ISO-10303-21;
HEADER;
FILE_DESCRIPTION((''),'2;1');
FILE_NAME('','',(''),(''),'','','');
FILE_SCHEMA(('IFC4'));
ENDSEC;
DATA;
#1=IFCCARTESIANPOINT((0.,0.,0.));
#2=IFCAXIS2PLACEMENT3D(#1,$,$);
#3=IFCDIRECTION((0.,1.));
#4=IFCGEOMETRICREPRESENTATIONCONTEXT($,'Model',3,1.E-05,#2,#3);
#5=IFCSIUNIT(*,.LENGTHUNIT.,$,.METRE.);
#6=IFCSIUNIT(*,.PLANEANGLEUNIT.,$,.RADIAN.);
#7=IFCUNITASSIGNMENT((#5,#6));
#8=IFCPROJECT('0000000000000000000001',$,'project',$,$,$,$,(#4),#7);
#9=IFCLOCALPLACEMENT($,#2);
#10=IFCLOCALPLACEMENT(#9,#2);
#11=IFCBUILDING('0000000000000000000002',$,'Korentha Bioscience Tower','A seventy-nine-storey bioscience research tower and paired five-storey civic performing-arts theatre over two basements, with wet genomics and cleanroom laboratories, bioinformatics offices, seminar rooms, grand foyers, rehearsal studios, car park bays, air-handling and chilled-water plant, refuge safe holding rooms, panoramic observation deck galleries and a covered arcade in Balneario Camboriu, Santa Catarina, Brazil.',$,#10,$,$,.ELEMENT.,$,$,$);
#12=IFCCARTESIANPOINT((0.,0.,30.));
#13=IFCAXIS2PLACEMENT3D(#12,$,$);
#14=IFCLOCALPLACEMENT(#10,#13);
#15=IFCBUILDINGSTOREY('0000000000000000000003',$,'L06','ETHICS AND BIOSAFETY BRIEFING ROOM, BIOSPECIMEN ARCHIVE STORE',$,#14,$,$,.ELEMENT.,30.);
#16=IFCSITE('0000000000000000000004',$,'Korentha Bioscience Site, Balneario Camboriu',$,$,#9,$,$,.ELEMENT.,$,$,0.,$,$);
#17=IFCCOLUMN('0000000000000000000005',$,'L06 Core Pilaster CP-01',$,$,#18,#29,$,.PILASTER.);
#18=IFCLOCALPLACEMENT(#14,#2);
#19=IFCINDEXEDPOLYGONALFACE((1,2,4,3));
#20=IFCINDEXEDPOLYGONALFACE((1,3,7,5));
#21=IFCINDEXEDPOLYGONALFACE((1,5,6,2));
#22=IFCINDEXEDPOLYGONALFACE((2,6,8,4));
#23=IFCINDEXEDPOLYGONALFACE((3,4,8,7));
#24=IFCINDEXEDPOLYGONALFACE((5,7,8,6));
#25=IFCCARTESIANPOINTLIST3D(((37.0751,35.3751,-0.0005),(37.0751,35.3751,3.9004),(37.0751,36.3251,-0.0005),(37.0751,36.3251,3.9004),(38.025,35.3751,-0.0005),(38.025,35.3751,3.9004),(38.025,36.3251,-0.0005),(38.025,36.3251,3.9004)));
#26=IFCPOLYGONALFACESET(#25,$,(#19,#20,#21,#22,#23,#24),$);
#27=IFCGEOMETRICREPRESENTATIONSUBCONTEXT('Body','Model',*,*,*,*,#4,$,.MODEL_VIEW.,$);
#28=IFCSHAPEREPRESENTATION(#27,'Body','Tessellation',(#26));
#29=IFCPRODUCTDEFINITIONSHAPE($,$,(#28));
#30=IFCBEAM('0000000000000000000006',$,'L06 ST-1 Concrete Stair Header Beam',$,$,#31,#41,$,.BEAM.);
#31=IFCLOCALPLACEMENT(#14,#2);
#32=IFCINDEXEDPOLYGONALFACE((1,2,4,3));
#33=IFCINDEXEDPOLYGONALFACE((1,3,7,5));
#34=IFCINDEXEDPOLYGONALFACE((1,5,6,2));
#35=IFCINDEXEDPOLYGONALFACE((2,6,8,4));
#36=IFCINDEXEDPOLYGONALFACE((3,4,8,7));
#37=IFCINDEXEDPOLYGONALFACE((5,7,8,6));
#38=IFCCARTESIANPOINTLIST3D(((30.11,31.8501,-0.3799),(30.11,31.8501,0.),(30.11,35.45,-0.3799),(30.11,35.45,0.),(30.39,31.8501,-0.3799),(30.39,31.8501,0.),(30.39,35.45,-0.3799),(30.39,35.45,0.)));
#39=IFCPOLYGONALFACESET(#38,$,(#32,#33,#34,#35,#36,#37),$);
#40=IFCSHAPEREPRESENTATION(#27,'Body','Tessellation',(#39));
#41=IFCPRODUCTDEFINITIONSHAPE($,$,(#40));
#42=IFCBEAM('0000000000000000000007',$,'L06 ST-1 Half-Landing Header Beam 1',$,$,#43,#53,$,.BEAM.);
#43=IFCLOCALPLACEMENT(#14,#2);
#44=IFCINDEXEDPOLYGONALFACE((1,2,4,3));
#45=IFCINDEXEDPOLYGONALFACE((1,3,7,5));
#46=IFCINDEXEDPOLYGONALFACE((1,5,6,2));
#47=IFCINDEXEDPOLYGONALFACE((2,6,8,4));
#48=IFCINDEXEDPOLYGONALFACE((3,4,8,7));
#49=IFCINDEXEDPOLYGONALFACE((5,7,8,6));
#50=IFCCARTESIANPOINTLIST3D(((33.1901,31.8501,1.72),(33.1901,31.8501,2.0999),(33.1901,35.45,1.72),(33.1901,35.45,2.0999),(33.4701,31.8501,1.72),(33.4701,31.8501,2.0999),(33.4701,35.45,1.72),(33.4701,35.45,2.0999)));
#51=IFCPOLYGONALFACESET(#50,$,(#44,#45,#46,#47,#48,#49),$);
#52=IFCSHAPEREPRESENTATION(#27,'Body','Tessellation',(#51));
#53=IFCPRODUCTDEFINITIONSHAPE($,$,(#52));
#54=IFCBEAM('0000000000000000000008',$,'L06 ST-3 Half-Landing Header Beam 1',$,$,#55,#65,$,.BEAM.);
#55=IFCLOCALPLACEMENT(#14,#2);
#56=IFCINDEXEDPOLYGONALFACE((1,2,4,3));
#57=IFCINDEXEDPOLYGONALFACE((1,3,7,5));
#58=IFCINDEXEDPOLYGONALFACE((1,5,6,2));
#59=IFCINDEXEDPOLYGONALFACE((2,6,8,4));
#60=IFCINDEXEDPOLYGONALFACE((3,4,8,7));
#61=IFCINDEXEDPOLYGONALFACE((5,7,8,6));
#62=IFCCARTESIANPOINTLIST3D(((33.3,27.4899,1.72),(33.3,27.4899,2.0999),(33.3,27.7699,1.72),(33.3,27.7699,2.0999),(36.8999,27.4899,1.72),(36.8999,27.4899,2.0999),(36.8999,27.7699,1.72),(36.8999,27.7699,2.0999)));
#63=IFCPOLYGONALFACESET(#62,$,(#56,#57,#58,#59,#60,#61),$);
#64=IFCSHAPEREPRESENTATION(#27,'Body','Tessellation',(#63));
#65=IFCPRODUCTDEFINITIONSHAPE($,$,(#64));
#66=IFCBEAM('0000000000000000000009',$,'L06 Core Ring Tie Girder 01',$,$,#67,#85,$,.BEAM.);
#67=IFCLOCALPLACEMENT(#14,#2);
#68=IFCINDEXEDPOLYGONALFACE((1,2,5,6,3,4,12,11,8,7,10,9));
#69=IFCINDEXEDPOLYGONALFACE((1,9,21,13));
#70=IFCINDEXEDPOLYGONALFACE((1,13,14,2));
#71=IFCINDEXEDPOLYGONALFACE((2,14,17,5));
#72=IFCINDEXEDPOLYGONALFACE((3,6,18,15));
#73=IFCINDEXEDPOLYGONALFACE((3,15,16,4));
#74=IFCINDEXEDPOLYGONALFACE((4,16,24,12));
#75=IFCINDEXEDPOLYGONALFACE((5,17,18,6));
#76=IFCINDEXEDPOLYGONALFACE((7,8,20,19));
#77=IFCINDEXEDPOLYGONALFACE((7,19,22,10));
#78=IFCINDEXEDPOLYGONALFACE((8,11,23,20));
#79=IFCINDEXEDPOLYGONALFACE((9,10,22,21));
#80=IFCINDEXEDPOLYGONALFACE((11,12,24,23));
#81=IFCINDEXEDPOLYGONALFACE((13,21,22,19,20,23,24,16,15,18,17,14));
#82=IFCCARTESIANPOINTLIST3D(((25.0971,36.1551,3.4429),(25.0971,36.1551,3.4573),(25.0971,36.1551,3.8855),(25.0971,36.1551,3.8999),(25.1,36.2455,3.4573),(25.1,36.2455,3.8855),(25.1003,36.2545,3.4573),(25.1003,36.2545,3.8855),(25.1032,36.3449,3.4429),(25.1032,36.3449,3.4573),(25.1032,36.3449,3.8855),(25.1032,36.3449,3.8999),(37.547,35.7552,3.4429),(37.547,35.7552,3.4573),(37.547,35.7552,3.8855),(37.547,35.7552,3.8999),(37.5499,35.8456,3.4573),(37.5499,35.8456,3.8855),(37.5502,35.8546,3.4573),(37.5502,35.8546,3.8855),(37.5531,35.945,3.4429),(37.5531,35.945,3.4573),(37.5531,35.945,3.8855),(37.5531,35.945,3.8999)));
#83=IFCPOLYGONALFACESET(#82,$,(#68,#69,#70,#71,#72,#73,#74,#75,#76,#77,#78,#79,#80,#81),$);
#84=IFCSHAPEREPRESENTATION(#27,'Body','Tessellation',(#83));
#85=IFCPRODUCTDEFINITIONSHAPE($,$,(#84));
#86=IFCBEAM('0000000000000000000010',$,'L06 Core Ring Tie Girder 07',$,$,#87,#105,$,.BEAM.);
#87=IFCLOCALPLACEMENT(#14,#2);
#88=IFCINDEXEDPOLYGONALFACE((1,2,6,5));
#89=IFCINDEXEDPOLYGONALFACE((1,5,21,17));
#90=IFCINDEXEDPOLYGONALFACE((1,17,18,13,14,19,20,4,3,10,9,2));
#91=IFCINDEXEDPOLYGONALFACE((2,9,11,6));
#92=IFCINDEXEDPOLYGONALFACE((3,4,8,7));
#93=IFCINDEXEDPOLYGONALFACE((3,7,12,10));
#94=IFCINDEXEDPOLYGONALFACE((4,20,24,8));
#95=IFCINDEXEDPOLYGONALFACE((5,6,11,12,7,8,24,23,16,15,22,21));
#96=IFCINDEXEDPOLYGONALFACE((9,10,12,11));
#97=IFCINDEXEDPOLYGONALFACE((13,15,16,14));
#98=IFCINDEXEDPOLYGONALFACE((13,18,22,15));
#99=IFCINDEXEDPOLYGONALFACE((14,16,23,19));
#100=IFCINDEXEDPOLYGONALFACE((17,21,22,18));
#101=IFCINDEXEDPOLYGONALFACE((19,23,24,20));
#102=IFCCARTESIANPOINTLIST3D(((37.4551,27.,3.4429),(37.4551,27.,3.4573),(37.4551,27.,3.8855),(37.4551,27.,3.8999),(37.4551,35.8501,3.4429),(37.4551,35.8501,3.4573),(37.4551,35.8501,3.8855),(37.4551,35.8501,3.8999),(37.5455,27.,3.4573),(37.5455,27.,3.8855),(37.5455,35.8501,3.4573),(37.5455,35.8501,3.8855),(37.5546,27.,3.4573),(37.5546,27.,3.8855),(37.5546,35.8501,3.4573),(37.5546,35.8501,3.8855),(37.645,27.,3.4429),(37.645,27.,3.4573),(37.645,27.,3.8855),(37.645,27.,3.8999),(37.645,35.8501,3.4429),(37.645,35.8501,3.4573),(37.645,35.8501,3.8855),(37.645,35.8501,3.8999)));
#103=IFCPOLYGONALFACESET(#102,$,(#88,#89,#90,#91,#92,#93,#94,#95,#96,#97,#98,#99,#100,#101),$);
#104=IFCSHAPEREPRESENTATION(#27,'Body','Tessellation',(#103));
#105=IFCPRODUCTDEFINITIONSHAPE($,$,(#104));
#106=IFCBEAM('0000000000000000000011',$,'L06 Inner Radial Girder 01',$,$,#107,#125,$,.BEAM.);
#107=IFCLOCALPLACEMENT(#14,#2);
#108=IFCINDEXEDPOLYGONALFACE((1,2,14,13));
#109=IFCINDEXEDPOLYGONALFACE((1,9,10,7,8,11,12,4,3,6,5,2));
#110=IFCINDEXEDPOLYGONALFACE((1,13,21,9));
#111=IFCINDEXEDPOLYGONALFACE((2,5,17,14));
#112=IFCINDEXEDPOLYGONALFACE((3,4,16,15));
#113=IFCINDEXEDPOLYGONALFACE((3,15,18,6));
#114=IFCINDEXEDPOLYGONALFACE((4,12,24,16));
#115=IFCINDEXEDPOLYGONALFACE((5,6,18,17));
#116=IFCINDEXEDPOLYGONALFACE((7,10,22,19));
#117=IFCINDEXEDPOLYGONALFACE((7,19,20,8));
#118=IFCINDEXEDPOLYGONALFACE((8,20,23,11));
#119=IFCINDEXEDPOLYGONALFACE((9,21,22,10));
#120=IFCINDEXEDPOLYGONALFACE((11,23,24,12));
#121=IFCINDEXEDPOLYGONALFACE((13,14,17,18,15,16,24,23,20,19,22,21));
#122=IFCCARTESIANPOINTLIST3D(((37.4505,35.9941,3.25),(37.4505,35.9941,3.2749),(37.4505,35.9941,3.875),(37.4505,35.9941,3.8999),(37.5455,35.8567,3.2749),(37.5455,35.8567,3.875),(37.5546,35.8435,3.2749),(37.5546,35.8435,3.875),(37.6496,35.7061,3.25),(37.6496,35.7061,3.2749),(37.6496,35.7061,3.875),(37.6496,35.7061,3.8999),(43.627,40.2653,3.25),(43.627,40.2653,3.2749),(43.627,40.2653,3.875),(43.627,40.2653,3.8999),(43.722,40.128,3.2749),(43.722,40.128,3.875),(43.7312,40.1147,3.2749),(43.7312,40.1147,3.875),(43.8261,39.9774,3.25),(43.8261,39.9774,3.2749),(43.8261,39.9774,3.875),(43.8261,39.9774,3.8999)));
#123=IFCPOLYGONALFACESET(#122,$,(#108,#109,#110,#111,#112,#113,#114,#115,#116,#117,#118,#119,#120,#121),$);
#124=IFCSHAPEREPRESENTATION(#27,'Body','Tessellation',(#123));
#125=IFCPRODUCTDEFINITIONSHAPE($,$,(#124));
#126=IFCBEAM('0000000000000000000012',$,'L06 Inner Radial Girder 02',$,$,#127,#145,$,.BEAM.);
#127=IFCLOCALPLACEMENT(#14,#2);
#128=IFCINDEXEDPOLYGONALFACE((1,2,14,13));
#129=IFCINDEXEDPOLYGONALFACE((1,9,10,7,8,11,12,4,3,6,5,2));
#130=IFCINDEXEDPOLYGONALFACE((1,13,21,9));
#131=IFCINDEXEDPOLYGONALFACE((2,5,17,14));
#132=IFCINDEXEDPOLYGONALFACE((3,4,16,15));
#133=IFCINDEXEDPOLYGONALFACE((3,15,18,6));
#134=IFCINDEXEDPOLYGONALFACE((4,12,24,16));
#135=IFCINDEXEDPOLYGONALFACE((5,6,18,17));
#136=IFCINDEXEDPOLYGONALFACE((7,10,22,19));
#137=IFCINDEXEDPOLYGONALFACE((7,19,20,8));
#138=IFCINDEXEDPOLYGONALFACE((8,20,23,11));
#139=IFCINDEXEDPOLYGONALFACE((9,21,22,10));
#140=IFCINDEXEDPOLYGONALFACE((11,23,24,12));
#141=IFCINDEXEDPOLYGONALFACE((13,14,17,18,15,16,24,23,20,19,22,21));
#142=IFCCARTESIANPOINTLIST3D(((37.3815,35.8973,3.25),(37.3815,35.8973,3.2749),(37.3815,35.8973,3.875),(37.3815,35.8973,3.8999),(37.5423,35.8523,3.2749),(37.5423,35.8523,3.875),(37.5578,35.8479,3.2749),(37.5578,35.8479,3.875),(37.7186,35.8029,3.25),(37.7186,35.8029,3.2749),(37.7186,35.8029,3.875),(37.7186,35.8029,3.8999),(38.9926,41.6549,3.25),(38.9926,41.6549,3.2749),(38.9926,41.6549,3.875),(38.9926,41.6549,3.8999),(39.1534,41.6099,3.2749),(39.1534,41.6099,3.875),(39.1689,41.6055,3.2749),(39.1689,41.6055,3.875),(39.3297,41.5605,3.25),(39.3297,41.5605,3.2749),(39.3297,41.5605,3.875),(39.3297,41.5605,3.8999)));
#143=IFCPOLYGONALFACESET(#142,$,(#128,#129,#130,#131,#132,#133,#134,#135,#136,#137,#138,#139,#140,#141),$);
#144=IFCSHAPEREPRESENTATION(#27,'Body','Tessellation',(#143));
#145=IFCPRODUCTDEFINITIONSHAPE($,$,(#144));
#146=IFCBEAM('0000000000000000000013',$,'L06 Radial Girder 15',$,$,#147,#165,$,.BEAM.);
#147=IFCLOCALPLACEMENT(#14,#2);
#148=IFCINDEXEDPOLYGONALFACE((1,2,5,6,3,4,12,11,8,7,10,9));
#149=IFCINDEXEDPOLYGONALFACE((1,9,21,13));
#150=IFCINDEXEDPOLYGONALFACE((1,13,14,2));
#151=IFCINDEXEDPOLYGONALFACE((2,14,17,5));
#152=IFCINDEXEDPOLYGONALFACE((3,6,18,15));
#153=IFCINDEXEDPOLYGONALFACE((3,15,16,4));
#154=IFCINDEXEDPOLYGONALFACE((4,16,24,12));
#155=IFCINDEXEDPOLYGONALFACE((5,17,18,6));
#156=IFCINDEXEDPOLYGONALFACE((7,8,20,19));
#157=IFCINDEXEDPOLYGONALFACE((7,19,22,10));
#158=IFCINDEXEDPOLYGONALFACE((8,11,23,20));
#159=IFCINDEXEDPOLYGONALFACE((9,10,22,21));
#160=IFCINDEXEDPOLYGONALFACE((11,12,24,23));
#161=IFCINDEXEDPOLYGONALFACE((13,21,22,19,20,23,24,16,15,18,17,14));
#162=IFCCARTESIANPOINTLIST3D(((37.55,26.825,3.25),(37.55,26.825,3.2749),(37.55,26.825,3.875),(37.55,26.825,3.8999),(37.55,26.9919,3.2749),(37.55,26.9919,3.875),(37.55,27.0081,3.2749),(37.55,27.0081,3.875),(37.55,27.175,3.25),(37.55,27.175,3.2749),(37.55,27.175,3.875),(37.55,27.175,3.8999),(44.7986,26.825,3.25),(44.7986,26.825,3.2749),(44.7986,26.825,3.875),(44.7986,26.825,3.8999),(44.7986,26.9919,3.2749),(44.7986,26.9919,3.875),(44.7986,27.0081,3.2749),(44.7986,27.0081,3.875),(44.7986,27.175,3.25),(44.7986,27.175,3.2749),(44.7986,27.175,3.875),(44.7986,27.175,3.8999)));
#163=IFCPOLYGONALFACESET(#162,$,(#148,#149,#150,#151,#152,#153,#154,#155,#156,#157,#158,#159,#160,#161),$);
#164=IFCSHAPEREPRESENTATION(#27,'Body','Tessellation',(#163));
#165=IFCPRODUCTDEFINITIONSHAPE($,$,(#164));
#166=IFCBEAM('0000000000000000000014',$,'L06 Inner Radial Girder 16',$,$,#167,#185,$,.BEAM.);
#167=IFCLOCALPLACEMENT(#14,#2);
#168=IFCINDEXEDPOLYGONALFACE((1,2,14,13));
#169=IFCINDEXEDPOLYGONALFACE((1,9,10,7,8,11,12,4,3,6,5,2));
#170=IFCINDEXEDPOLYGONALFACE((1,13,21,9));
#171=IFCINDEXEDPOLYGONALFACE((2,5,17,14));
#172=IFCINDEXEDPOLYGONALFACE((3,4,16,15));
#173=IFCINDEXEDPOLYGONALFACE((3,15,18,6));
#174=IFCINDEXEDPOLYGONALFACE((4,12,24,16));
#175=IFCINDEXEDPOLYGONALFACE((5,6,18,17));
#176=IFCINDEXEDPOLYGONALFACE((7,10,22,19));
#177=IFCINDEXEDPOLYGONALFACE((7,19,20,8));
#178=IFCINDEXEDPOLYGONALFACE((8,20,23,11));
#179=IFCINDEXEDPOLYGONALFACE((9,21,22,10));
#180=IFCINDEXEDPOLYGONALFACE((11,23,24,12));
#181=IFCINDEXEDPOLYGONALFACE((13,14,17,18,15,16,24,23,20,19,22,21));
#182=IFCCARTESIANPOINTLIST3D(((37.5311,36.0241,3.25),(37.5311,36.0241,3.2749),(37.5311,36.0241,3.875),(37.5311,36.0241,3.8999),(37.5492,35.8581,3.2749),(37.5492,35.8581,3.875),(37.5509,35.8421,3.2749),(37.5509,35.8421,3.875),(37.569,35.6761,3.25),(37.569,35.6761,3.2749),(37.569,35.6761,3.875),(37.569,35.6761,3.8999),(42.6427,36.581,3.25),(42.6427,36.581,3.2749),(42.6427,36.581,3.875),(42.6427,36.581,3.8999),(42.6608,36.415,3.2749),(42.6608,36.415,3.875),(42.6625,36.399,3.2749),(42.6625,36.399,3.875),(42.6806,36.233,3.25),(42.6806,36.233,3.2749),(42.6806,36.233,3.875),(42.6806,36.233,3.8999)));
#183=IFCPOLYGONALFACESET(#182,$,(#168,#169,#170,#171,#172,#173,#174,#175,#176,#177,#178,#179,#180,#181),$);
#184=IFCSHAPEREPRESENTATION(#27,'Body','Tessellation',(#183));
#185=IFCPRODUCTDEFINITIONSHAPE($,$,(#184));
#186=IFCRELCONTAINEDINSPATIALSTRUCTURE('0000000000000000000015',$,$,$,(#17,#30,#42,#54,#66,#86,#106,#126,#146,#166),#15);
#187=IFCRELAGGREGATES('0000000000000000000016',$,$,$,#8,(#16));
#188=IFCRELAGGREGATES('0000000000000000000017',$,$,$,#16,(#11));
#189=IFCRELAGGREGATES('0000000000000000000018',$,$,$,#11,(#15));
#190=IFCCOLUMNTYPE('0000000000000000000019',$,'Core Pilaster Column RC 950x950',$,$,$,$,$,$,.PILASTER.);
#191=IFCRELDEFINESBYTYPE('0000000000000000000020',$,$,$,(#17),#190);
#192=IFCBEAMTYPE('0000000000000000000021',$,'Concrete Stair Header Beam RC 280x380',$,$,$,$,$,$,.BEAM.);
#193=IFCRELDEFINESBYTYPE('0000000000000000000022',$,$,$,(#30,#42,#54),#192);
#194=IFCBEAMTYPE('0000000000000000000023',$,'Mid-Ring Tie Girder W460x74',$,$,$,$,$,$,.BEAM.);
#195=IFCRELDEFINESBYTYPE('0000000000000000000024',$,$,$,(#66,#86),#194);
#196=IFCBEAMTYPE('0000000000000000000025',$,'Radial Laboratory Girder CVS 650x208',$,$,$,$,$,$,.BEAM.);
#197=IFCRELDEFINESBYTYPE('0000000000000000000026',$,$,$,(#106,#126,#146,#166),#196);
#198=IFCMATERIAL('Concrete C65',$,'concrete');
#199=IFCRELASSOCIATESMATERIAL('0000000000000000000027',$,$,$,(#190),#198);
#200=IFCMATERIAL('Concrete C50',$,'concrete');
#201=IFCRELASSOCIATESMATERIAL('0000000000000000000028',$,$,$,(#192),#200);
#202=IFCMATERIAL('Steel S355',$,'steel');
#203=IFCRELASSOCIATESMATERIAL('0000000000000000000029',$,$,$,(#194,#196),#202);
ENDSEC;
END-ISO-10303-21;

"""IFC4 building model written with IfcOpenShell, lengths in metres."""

from ifc_helpers import new_model, si_unit, direction, frame, origin, origin_2d, place, context, subcontext, project, spatial, rectangle, i_section, extrude, material, material_profile, profile_set, type_object, element, save


model = new_model("IFC4")

# Units and contexts
model_context = context("Model", 3, precision=1e-05, world=origin(), true_north=direction((0.0, 1.0)))
body_context = subcontext(model_context, "Body", "Model", "MODEL_VIEW")
ifc_project = project(units=[si_unit("LENGTHUNIT", "METRE"), si_unit("PLANEANGLEUNIT", "RADIAN")], contexts=[model_context])

# Site, building, storey
site_placement = place(None, origin())
site = spatial("IfcSite", under=ifc_project, at=site_placement, Name="Korentha Bioscience Site, Balneario Camboriu", CompositionType="ELEMENT", RefElevation=0.0)
building_placement = place(site_placement, origin())
building = spatial("IfcBuilding", under=site, at=building_placement, Name="Korentha Bioscience Tower", Description="A seventy-nine-storey bioscience research tower and paired five-storey civic performing-arts theatre over two basements, with wet genomics and cleanroom laboratories, bioinformatics offices, seminar rooms, grand foyers, rehearsal studios, car park bays, air-handling and chilled-water plant, refuge safe holding rooms, panoramic observation deck galleries and a covered arcade in Balneario Camboriu, Santa Catarina, Brazil.", CompositionType="ELEMENT")
storey_placement = place(building_placement, frame((0.0, 0.0, 30.0)))
storey = spatial("IfcBuildingStorey", under=building, at=storey_placement, Name="L06", Description="ETHICS AND BIOSAFETY BRIEFING ROOM, BIOSPECIMEN ARCHIVE STORE", CompositionType="ELEMENT", Elevation=30.0)

# Column
ifc_material_1 = material(Name="Concrete C65", Category="concrete")
ifc_material_profile_1 = material_profile(ifc_material_1, rectangle(XDim=0.95, YDim=0.95, at=origin_2d()), Name="Concrete C65")
ifc_profile_set_1 = profile_set([ifc_material_profile_1], Name="Concrete C65 (COL-CP09)")
column_type = type_object("IfcColumnType", Name="Core Pilaster Column RC 950x950", PredefinedType="PILASTER", material=ifc_profile_set_1)
column_placement = place(storey_placement, frame((37.55, 35.8501, -0.0005), z_axis=(0.0, 0.0, 1.0), x_axis=(1.0, 0.0, 0.0)))
element("IfcColumn", 1, at=column_placement, inside=storey, type_object=column_type, Name="L06 Core Pilaster CP-01", PredefinedType="PILASTER", context=body_context, shape_type="SweptSolid", body=[
    extrude(rectangle(XDim=0.95, YDim=0.95, at=origin_2d()), origin(), (0.0, 0.0, 1.0), 3.9009),
])

# Beams
ifc_material_2 = material(Name="Concrete C50", Category="concrete")
ifc_material_profile_2 = material_profile(ifc_material_2, rectangle(XDim=0.28, YDim=0.3799, at=origin_2d()), Name="Concrete C50")
ifc_profile_set_2 = profile_set([ifc_material_profile_2], Name="Concrete C50 (ST-HB380)")
beam_type_1 = type_object("IfcBeamType", Name="Concrete Stair Header Beam RC 280x380", PredefinedType="BEAM", material=ifc_profile_set_2)
for number, where, z_axis, x_axis, name in (
    (2, (30.25, 31.8501, -0.1899), (0.0, 1.0, 0.0), (-1.0, 0.0, 0.0), "L06 ST-1 Concrete Stair Header Beam"),
    (3, (33.3301, 31.8501, 1.9099), (0.0, 1.0, 0.0), (-1.0, 0.0, 0.0), "L06 ST-1 Half-Landing Header Beam 1"),
    (4, (36.8999, 27.6299, 1.9099), (-1.0, 0.0, 0.0), (0.0, -1.0, 0.0), "L06 ST-3 Half-Landing Header Beam 1"),
):
    element("IfcBeam", number, at=place(storey_placement, frame(where, z_axis=z_axis, x_axis=x_axis)), inside=storey, type_object=beam_type_1, Name=name, PredefinedType="BEAM", context=body_context, shape_type="SweptSolid", body=[
        extrude(rectangle(XDim=0.28, YDim=0.3799, at=origin_2d()), origin(), (0.0, 0.0, 1.0), 3.5999),
    ])
ifc_material_3 = material(Name="Steel S355", Category="steel")
ifc_material_profile_3 = material_profile(ifc_material_3, i_section(OverallWidth=0.1899, OverallDepth=0.457, WebThickness=0.009, FlangeThickness=0.0144, at=origin_2d()), Name="Steel S355")
ifc_profile_set_3 = profile_set([ifc_material_profile_3], Name="Steel S355 (MB-460)")
beam_type_2 = type_object("IfcBeamType", Name="Mid-Ring Tie Girder W460x74", PredefinedType="BEAM", material=ifc_profile_set_3)
beam_1_placement = place(storey_placement, frame((37.55, 35.8501, 3.6714), z_axis=(-0.999485, 0.032104, 0.0), x_axis=(-0.032104, -0.999485, 0.0)))
element("IfcBeam", 5, at=beam_1_placement, inside=storey, type_object=beam_type_2, Name="L06 Core Ring Tie Girder 01", PredefinedType="BEAM", context=body_context, shape_type="SweptSolid", body=[
    extrude(i_section(OverallWidth=0.1899, OverallDepth=0.457, WebThickness=0.009, FlangeThickness=0.0144, at=origin_2d()), origin(), (0.0, 0.0, 1.0), 12.4563),
])
beam_2_placement = place(storey_placement, frame((37.55, 27.0, 3.6714), z_axis=(0.0, 1.0, 0.0), x_axis=(-1.0, 0.0, 0.0)))
element("IfcBeam", 6, at=beam_2_placement, inside=storey, type_object=beam_type_2, Name="L06 Core Ring Tie Girder 07", PredefinedType="BEAM", context=body_context, shape_type="SweptSolid", body=[
    extrude(i_section(OverallWidth=0.1899, OverallDepth=0.457, WebThickness=0.009, FlangeThickness=0.0144, at=origin_2d()), origin(), (0.0, 0.0, 1.0), 8.8501),
])
ifc_material_profile_4 = material_profile(ifc_material_3, i_section(OverallWidth=0.3501, OverallDepth=0.6499, WebThickness=0.0161, FlangeThickness=0.0249, at=origin_2d()), Name="Steel S355")
ifc_profile_set_4 = profile_set([ifc_material_profile_4], Name="Steel S355 (RB-650)")
beam_type_3 = type_object("IfcBeamType", Name="Radial Laboratory Girder CVS 650x208", PredefinedType="BEAM", material=ifc_profile_set_4)
beam_3_placement = place(storey_placement, frame((37.55, 35.8501, 3.575), z_axis=(0.822492, 0.568777, 0.0), x_axis=(-0.568777, 0.822492, 0.0)))
element("IfcBeam", 7, at=beam_3_placement, inside=storey, type_object=beam_type_3, Name="L06 Inner Radial Girder 01", PredefinedType="BEAM", context=body_context, shape_type="SweptSolid", body=[
    extrude(i_section(OverallWidth=0.3501, OverallDepth=0.6499, WebThickness=0.0161, FlangeThickness=0.0249, at=origin_2d()), origin(), (0.0, 0.0, 1.0), 7.5095),
])
beam_4_placement = place(storey_placement, frame((37.55, 35.8501, 3.575), z_axis=(0.269469, 0.963009, 0.0), x_axis=(-0.963009, 0.269469, 0.0)))
element("IfcBeam", 8, at=beam_4_placement, inside=storey, type_object=beam_type_3, Name="L06 Inner Radial Girder 02", PredefinedType="BEAM", context=body_context, shape_type="SweptSolid", body=[
    extrude(i_section(OverallWidth=0.3501, OverallDepth=0.6499, WebThickness=0.0161, FlangeThickness=0.0249, at=origin_2d()), origin(), (0.0, 0.0, 1.0), 5.9788),
])
beam_5_placement = place(storey_placement, frame((37.55, 27.0, 3.575), z_axis=(1.0, 0.0, 0.0), x_axis=(0.0, 1.0, 0.0)))
element("IfcBeam", 9, at=beam_5_placement, inside=storey, type_object=beam_type_3, Name="L06 Radial Girder 15", PredefinedType="BEAM", context=body_context, shape_type="SweptSolid", body=[
    extrude(i_section(OverallWidth=0.3501, OverallDepth=0.6499, WebThickness=0.0161, FlangeThickness=0.0249, at=origin_2d()), origin(), (0.0, 0.0, 1.0), 7.2485),
])
beam_6_placement = place(storey_placement, frame((37.55, 35.8501, 3.575), z_axis=(0.994118, 0.108305, 0.0), x_axis=(-0.108305, 0.994118, 0.0)))
element("IfcBeam", 10, at=beam_6_placement, inside=storey, type_object=beam_type_3, Name="L06 Inner Radial Girder 16", PredefinedType="BEAM", context=body_context, shape_type="SweptSolid", body=[
    extrude(i_section(OverallWidth=0.3501, OverallDepth=0.6499, WebThickness=0.0161, FlangeThickness=0.0249, at=origin_2d()), origin(), (0.0, 0.0, 1.0), 5.1418),
])

save(model, "model.ifc")
